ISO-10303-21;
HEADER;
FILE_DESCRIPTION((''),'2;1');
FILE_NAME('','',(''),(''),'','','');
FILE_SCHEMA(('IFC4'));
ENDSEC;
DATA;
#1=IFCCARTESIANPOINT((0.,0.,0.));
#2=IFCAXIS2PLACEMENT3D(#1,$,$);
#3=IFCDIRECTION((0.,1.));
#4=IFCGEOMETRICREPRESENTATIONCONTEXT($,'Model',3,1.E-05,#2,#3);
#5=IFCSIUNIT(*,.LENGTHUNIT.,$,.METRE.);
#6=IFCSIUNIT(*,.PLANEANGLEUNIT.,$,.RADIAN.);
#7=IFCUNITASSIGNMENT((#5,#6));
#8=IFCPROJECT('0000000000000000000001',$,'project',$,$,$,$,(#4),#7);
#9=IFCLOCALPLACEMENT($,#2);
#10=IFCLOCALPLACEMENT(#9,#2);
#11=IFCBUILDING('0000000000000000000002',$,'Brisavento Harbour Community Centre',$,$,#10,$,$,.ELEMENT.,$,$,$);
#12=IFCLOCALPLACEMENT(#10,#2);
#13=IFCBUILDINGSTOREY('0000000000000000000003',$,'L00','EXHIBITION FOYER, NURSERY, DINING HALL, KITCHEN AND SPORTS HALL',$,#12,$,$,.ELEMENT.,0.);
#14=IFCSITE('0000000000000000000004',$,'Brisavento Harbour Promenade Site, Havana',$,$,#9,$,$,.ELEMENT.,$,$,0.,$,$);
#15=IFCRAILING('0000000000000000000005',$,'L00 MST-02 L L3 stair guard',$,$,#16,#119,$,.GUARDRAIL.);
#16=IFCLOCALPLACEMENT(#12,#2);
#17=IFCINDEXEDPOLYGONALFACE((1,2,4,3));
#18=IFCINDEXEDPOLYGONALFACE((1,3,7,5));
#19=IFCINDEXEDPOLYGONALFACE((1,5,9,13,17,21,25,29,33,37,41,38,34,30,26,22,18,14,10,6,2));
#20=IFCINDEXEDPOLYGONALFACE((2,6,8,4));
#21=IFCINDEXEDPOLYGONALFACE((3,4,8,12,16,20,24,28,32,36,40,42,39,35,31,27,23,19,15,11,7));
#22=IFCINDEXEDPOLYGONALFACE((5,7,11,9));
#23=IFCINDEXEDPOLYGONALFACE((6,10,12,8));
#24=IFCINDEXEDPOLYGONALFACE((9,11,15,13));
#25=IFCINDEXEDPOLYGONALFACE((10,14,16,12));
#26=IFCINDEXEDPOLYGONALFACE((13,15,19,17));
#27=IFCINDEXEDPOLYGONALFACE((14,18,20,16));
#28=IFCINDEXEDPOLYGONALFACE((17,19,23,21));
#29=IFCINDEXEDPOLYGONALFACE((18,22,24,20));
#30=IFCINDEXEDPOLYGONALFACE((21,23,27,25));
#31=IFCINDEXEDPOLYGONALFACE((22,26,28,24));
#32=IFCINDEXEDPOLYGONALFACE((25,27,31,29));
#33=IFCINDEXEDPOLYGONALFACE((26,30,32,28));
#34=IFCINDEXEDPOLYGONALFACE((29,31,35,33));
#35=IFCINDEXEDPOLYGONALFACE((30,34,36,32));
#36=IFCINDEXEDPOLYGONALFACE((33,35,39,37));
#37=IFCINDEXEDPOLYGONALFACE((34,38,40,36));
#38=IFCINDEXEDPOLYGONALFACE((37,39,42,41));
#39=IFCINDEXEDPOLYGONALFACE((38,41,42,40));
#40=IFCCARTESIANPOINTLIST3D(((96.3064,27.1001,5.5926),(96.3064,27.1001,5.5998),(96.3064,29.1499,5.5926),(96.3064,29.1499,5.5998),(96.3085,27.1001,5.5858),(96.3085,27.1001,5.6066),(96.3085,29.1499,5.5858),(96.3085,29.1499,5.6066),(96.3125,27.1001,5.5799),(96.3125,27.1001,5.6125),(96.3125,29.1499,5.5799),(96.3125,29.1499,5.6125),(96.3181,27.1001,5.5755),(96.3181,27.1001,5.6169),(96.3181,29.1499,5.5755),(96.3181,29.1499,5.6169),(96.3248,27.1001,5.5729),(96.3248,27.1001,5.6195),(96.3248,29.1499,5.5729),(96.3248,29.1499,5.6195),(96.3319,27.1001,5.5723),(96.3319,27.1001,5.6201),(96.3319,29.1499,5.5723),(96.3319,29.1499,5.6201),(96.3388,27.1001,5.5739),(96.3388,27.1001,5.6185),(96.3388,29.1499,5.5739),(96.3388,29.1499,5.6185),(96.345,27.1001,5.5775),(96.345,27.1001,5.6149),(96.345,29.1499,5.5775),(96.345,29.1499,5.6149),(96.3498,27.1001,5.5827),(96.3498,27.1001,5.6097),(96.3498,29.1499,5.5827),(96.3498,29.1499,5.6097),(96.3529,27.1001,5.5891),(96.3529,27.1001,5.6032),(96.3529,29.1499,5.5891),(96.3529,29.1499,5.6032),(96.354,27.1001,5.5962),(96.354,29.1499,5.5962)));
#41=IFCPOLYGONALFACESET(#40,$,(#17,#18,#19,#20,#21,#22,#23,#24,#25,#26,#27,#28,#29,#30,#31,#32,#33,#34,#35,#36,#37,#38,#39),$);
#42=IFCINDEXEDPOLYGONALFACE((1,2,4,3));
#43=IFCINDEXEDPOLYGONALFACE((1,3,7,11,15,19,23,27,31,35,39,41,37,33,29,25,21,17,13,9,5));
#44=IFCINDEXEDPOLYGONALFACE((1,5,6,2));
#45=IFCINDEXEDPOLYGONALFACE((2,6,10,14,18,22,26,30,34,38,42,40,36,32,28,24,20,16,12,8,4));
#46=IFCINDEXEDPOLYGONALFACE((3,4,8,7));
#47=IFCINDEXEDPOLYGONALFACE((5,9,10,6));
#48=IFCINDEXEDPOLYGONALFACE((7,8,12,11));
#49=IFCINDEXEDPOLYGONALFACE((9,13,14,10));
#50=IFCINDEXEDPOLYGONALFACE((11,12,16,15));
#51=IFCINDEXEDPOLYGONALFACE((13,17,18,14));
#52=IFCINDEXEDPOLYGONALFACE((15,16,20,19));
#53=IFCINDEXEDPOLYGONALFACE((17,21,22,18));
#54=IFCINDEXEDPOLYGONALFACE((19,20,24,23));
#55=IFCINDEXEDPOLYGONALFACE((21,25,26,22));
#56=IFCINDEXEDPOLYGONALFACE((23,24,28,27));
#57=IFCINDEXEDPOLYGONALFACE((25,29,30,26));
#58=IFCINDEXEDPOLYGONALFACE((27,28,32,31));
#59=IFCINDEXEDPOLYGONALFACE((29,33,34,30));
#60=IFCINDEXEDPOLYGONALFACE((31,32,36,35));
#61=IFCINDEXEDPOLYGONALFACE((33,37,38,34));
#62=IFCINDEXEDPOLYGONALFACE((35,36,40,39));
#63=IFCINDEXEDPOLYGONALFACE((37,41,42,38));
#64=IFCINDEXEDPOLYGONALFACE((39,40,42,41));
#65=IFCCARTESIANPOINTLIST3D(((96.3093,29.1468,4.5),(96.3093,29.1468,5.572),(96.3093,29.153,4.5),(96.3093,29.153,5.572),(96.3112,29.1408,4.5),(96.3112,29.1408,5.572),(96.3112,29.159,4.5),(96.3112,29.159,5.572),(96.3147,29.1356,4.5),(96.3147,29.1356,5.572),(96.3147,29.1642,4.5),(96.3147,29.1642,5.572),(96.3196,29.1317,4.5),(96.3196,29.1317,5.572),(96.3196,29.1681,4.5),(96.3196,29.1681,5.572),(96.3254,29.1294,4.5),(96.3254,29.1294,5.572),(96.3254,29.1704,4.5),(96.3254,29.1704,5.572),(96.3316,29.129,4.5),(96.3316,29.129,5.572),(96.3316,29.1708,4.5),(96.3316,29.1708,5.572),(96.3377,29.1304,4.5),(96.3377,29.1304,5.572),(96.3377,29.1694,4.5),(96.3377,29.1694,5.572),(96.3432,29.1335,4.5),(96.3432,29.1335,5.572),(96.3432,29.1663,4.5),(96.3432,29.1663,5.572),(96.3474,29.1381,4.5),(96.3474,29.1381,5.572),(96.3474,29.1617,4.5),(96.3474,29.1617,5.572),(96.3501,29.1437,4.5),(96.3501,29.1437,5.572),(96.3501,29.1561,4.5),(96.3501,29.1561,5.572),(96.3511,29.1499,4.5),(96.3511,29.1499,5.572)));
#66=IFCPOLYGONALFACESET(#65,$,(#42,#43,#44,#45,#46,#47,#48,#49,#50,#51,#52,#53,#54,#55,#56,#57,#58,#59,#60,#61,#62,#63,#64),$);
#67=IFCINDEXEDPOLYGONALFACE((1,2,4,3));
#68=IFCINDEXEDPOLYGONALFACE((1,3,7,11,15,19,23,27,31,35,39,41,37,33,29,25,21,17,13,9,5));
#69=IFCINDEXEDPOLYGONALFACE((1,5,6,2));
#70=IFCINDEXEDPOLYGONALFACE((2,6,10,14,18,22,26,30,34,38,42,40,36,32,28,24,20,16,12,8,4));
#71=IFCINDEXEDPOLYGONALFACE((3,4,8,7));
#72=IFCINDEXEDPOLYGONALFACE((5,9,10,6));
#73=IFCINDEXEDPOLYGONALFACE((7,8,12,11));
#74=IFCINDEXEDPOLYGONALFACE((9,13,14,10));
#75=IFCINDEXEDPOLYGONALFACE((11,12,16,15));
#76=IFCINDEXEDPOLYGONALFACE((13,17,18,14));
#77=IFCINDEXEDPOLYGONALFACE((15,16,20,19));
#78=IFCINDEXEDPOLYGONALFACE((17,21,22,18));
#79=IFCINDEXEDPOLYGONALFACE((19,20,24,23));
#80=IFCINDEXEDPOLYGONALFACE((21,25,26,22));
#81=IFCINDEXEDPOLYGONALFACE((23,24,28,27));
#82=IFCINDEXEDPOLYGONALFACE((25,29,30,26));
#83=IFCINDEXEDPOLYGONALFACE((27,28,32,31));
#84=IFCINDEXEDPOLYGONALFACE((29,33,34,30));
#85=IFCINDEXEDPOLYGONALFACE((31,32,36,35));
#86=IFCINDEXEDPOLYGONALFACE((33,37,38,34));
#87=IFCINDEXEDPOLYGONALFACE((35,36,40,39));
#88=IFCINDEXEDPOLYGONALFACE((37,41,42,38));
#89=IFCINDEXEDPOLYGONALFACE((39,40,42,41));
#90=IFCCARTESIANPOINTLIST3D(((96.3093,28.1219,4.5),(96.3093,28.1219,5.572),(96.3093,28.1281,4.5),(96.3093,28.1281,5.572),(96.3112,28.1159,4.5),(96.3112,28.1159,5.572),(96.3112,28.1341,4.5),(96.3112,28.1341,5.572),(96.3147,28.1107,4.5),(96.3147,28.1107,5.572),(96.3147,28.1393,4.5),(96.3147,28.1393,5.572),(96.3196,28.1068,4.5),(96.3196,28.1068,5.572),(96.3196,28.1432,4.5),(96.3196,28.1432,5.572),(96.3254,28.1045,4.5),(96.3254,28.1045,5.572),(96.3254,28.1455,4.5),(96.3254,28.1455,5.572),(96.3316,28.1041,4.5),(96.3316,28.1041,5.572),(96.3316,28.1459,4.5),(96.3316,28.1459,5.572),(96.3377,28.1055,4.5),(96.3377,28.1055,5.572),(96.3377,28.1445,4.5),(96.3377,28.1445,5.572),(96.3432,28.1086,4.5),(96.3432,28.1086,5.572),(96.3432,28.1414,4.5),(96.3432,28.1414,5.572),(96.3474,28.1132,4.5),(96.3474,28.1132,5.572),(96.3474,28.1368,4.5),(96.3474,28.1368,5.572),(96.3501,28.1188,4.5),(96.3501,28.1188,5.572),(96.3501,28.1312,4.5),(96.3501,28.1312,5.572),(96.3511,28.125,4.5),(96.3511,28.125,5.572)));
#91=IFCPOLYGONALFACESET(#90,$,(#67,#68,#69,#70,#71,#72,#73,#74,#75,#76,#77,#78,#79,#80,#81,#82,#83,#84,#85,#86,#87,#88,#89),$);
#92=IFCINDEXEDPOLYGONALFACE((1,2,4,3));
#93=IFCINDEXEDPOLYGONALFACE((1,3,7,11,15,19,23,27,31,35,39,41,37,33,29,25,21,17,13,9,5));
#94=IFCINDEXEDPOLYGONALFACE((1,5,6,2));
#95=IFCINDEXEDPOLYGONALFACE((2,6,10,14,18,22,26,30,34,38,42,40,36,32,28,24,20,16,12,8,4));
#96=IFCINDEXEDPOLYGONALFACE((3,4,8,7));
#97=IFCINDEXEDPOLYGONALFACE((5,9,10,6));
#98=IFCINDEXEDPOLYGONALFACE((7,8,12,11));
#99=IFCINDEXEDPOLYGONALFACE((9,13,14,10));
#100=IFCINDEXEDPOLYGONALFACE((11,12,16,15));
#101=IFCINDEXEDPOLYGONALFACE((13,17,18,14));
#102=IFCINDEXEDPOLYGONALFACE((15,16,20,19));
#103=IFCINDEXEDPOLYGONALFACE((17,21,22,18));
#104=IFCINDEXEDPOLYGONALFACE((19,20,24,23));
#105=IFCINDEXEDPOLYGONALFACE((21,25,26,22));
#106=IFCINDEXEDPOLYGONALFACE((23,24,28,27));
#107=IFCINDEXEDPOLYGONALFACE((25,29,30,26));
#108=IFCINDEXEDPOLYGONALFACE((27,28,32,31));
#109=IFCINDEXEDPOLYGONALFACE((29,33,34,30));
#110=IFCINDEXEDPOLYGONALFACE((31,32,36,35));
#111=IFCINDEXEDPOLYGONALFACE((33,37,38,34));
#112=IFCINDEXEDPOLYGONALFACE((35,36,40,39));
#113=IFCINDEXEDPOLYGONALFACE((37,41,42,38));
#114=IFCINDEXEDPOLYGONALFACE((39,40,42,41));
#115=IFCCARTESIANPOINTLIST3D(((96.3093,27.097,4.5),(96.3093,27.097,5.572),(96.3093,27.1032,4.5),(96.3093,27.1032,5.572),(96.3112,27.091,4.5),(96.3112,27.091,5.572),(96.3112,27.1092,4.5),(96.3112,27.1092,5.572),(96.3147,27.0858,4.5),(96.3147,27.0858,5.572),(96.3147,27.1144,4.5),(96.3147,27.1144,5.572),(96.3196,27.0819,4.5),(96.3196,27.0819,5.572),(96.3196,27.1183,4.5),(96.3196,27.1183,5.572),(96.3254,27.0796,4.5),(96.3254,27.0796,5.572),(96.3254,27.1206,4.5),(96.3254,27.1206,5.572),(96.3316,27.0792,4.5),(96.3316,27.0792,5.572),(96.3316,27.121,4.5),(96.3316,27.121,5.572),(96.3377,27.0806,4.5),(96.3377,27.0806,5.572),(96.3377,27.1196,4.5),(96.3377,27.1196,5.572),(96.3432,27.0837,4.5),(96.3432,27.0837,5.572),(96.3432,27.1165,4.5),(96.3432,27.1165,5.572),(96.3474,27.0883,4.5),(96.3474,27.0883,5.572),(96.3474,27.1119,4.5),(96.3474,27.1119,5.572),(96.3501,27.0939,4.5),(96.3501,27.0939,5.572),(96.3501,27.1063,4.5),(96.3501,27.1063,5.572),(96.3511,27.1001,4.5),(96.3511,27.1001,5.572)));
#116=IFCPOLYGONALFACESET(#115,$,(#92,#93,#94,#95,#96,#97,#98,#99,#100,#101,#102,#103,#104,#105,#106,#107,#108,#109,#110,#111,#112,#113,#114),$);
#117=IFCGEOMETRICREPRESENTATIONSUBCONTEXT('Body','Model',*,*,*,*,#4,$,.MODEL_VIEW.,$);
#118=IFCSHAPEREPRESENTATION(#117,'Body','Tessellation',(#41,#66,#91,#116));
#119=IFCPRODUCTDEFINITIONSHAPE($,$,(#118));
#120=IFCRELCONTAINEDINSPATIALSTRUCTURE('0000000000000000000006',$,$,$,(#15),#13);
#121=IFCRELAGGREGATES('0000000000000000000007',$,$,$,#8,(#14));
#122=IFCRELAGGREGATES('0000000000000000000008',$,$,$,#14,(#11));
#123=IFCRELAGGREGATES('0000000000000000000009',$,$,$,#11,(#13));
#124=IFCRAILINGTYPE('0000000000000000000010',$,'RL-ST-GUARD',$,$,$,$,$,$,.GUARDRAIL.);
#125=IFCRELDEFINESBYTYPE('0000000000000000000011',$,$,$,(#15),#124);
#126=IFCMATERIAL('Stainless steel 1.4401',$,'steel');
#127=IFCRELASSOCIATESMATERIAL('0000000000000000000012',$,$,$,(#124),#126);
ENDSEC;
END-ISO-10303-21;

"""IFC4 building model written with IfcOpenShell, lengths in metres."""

from ifc_helpers import new_model, si_unit, direction, frame, origin, origin_2d, place, context, subcontext, project, spatial, circle, extrude, material, type_object, element, save


model = new_model("IFC4")

# Units and contexts
model_context = context("Model", 3, precision=1e-05, world=origin(), true_north=direction((0.0, 1.0)))
body_context = subcontext(model_context, "Body", "Model", "MODEL_VIEW")
ifc_project = project(units=[si_unit("LENGTHUNIT", "METRE"), si_unit("PLANEANGLEUNIT", "RADIAN")], contexts=[model_context])

# Site, building, storey
site_placement = place(None, origin())
site = spatial("IfcSite", under=ifc_project, at=site_placement, Name="Brisavento Harbour Promenade Site, Havana", CompositionType="ELEMENT", RefElevation=0.0)
building_placement = place(site_placement, origin())
building = spatial("IfcBuilding", under=site, at=building_placement, Name="Brisavento Harbour Community Centre", CompositionType="ELEMENT")
storey_placement = place(building_placement, origin())
storey = spatial("IfcBuildingStorey", under=building, at=storey_placement, Name="L00", Description="EXHIBITION FOYER, NURSERY, DINING HALL, KITCHEN AND SPORTS HALL", CompositionType="ELEMENT", Elevation=0.0)

# Railing
ifc_material_1 = material(Name="Stainless steel 1.4401", Category="steel")
railing_type = type_object("IfcRailingType", Name="RL-ST-GUARD", PredefinedType="GUARDRAIL", material=ifc_material_1)
railing_1_placement = place(storey_placement, frame((96.3301, 29.1499, 4.5)))
element("IfcRailing", 1, at=railing_1_placement, inside=storey, type_object=railing_type, Name="L00 MST-02 L L3 stair guard", PredefinedType="GUARDRAIL", context=body_context, shape_type="SweptSolid", body=[
    extrude(circle(Radius=0.0239, at=origin_2d()), frame((0.0, 0.0, 1.0962), z_axis=(0.0, -1.0, 0.0), x_axis=(1.0, 0.0, 0.0)), (0.0, 0.0, 1.0), 2.0498),
    extrude(circle(Radius=0.021, at=origin_2d()), origin(), (0.0, 0.0, 1.0), 1.072),
    extrude(circle(Radius=0.021, at=origin_2d()), frame((0.0, -1.0249, 0.0)), (0.0, 0.0, 1.0), 1.072),
    extrude(circle(Radius=0.021, at=origin_2d()), frame((0.0, -2.0498, 0.0)), (0.0, 0.0, 1.0), 1.072),
])

save(model, "model.ifc")
